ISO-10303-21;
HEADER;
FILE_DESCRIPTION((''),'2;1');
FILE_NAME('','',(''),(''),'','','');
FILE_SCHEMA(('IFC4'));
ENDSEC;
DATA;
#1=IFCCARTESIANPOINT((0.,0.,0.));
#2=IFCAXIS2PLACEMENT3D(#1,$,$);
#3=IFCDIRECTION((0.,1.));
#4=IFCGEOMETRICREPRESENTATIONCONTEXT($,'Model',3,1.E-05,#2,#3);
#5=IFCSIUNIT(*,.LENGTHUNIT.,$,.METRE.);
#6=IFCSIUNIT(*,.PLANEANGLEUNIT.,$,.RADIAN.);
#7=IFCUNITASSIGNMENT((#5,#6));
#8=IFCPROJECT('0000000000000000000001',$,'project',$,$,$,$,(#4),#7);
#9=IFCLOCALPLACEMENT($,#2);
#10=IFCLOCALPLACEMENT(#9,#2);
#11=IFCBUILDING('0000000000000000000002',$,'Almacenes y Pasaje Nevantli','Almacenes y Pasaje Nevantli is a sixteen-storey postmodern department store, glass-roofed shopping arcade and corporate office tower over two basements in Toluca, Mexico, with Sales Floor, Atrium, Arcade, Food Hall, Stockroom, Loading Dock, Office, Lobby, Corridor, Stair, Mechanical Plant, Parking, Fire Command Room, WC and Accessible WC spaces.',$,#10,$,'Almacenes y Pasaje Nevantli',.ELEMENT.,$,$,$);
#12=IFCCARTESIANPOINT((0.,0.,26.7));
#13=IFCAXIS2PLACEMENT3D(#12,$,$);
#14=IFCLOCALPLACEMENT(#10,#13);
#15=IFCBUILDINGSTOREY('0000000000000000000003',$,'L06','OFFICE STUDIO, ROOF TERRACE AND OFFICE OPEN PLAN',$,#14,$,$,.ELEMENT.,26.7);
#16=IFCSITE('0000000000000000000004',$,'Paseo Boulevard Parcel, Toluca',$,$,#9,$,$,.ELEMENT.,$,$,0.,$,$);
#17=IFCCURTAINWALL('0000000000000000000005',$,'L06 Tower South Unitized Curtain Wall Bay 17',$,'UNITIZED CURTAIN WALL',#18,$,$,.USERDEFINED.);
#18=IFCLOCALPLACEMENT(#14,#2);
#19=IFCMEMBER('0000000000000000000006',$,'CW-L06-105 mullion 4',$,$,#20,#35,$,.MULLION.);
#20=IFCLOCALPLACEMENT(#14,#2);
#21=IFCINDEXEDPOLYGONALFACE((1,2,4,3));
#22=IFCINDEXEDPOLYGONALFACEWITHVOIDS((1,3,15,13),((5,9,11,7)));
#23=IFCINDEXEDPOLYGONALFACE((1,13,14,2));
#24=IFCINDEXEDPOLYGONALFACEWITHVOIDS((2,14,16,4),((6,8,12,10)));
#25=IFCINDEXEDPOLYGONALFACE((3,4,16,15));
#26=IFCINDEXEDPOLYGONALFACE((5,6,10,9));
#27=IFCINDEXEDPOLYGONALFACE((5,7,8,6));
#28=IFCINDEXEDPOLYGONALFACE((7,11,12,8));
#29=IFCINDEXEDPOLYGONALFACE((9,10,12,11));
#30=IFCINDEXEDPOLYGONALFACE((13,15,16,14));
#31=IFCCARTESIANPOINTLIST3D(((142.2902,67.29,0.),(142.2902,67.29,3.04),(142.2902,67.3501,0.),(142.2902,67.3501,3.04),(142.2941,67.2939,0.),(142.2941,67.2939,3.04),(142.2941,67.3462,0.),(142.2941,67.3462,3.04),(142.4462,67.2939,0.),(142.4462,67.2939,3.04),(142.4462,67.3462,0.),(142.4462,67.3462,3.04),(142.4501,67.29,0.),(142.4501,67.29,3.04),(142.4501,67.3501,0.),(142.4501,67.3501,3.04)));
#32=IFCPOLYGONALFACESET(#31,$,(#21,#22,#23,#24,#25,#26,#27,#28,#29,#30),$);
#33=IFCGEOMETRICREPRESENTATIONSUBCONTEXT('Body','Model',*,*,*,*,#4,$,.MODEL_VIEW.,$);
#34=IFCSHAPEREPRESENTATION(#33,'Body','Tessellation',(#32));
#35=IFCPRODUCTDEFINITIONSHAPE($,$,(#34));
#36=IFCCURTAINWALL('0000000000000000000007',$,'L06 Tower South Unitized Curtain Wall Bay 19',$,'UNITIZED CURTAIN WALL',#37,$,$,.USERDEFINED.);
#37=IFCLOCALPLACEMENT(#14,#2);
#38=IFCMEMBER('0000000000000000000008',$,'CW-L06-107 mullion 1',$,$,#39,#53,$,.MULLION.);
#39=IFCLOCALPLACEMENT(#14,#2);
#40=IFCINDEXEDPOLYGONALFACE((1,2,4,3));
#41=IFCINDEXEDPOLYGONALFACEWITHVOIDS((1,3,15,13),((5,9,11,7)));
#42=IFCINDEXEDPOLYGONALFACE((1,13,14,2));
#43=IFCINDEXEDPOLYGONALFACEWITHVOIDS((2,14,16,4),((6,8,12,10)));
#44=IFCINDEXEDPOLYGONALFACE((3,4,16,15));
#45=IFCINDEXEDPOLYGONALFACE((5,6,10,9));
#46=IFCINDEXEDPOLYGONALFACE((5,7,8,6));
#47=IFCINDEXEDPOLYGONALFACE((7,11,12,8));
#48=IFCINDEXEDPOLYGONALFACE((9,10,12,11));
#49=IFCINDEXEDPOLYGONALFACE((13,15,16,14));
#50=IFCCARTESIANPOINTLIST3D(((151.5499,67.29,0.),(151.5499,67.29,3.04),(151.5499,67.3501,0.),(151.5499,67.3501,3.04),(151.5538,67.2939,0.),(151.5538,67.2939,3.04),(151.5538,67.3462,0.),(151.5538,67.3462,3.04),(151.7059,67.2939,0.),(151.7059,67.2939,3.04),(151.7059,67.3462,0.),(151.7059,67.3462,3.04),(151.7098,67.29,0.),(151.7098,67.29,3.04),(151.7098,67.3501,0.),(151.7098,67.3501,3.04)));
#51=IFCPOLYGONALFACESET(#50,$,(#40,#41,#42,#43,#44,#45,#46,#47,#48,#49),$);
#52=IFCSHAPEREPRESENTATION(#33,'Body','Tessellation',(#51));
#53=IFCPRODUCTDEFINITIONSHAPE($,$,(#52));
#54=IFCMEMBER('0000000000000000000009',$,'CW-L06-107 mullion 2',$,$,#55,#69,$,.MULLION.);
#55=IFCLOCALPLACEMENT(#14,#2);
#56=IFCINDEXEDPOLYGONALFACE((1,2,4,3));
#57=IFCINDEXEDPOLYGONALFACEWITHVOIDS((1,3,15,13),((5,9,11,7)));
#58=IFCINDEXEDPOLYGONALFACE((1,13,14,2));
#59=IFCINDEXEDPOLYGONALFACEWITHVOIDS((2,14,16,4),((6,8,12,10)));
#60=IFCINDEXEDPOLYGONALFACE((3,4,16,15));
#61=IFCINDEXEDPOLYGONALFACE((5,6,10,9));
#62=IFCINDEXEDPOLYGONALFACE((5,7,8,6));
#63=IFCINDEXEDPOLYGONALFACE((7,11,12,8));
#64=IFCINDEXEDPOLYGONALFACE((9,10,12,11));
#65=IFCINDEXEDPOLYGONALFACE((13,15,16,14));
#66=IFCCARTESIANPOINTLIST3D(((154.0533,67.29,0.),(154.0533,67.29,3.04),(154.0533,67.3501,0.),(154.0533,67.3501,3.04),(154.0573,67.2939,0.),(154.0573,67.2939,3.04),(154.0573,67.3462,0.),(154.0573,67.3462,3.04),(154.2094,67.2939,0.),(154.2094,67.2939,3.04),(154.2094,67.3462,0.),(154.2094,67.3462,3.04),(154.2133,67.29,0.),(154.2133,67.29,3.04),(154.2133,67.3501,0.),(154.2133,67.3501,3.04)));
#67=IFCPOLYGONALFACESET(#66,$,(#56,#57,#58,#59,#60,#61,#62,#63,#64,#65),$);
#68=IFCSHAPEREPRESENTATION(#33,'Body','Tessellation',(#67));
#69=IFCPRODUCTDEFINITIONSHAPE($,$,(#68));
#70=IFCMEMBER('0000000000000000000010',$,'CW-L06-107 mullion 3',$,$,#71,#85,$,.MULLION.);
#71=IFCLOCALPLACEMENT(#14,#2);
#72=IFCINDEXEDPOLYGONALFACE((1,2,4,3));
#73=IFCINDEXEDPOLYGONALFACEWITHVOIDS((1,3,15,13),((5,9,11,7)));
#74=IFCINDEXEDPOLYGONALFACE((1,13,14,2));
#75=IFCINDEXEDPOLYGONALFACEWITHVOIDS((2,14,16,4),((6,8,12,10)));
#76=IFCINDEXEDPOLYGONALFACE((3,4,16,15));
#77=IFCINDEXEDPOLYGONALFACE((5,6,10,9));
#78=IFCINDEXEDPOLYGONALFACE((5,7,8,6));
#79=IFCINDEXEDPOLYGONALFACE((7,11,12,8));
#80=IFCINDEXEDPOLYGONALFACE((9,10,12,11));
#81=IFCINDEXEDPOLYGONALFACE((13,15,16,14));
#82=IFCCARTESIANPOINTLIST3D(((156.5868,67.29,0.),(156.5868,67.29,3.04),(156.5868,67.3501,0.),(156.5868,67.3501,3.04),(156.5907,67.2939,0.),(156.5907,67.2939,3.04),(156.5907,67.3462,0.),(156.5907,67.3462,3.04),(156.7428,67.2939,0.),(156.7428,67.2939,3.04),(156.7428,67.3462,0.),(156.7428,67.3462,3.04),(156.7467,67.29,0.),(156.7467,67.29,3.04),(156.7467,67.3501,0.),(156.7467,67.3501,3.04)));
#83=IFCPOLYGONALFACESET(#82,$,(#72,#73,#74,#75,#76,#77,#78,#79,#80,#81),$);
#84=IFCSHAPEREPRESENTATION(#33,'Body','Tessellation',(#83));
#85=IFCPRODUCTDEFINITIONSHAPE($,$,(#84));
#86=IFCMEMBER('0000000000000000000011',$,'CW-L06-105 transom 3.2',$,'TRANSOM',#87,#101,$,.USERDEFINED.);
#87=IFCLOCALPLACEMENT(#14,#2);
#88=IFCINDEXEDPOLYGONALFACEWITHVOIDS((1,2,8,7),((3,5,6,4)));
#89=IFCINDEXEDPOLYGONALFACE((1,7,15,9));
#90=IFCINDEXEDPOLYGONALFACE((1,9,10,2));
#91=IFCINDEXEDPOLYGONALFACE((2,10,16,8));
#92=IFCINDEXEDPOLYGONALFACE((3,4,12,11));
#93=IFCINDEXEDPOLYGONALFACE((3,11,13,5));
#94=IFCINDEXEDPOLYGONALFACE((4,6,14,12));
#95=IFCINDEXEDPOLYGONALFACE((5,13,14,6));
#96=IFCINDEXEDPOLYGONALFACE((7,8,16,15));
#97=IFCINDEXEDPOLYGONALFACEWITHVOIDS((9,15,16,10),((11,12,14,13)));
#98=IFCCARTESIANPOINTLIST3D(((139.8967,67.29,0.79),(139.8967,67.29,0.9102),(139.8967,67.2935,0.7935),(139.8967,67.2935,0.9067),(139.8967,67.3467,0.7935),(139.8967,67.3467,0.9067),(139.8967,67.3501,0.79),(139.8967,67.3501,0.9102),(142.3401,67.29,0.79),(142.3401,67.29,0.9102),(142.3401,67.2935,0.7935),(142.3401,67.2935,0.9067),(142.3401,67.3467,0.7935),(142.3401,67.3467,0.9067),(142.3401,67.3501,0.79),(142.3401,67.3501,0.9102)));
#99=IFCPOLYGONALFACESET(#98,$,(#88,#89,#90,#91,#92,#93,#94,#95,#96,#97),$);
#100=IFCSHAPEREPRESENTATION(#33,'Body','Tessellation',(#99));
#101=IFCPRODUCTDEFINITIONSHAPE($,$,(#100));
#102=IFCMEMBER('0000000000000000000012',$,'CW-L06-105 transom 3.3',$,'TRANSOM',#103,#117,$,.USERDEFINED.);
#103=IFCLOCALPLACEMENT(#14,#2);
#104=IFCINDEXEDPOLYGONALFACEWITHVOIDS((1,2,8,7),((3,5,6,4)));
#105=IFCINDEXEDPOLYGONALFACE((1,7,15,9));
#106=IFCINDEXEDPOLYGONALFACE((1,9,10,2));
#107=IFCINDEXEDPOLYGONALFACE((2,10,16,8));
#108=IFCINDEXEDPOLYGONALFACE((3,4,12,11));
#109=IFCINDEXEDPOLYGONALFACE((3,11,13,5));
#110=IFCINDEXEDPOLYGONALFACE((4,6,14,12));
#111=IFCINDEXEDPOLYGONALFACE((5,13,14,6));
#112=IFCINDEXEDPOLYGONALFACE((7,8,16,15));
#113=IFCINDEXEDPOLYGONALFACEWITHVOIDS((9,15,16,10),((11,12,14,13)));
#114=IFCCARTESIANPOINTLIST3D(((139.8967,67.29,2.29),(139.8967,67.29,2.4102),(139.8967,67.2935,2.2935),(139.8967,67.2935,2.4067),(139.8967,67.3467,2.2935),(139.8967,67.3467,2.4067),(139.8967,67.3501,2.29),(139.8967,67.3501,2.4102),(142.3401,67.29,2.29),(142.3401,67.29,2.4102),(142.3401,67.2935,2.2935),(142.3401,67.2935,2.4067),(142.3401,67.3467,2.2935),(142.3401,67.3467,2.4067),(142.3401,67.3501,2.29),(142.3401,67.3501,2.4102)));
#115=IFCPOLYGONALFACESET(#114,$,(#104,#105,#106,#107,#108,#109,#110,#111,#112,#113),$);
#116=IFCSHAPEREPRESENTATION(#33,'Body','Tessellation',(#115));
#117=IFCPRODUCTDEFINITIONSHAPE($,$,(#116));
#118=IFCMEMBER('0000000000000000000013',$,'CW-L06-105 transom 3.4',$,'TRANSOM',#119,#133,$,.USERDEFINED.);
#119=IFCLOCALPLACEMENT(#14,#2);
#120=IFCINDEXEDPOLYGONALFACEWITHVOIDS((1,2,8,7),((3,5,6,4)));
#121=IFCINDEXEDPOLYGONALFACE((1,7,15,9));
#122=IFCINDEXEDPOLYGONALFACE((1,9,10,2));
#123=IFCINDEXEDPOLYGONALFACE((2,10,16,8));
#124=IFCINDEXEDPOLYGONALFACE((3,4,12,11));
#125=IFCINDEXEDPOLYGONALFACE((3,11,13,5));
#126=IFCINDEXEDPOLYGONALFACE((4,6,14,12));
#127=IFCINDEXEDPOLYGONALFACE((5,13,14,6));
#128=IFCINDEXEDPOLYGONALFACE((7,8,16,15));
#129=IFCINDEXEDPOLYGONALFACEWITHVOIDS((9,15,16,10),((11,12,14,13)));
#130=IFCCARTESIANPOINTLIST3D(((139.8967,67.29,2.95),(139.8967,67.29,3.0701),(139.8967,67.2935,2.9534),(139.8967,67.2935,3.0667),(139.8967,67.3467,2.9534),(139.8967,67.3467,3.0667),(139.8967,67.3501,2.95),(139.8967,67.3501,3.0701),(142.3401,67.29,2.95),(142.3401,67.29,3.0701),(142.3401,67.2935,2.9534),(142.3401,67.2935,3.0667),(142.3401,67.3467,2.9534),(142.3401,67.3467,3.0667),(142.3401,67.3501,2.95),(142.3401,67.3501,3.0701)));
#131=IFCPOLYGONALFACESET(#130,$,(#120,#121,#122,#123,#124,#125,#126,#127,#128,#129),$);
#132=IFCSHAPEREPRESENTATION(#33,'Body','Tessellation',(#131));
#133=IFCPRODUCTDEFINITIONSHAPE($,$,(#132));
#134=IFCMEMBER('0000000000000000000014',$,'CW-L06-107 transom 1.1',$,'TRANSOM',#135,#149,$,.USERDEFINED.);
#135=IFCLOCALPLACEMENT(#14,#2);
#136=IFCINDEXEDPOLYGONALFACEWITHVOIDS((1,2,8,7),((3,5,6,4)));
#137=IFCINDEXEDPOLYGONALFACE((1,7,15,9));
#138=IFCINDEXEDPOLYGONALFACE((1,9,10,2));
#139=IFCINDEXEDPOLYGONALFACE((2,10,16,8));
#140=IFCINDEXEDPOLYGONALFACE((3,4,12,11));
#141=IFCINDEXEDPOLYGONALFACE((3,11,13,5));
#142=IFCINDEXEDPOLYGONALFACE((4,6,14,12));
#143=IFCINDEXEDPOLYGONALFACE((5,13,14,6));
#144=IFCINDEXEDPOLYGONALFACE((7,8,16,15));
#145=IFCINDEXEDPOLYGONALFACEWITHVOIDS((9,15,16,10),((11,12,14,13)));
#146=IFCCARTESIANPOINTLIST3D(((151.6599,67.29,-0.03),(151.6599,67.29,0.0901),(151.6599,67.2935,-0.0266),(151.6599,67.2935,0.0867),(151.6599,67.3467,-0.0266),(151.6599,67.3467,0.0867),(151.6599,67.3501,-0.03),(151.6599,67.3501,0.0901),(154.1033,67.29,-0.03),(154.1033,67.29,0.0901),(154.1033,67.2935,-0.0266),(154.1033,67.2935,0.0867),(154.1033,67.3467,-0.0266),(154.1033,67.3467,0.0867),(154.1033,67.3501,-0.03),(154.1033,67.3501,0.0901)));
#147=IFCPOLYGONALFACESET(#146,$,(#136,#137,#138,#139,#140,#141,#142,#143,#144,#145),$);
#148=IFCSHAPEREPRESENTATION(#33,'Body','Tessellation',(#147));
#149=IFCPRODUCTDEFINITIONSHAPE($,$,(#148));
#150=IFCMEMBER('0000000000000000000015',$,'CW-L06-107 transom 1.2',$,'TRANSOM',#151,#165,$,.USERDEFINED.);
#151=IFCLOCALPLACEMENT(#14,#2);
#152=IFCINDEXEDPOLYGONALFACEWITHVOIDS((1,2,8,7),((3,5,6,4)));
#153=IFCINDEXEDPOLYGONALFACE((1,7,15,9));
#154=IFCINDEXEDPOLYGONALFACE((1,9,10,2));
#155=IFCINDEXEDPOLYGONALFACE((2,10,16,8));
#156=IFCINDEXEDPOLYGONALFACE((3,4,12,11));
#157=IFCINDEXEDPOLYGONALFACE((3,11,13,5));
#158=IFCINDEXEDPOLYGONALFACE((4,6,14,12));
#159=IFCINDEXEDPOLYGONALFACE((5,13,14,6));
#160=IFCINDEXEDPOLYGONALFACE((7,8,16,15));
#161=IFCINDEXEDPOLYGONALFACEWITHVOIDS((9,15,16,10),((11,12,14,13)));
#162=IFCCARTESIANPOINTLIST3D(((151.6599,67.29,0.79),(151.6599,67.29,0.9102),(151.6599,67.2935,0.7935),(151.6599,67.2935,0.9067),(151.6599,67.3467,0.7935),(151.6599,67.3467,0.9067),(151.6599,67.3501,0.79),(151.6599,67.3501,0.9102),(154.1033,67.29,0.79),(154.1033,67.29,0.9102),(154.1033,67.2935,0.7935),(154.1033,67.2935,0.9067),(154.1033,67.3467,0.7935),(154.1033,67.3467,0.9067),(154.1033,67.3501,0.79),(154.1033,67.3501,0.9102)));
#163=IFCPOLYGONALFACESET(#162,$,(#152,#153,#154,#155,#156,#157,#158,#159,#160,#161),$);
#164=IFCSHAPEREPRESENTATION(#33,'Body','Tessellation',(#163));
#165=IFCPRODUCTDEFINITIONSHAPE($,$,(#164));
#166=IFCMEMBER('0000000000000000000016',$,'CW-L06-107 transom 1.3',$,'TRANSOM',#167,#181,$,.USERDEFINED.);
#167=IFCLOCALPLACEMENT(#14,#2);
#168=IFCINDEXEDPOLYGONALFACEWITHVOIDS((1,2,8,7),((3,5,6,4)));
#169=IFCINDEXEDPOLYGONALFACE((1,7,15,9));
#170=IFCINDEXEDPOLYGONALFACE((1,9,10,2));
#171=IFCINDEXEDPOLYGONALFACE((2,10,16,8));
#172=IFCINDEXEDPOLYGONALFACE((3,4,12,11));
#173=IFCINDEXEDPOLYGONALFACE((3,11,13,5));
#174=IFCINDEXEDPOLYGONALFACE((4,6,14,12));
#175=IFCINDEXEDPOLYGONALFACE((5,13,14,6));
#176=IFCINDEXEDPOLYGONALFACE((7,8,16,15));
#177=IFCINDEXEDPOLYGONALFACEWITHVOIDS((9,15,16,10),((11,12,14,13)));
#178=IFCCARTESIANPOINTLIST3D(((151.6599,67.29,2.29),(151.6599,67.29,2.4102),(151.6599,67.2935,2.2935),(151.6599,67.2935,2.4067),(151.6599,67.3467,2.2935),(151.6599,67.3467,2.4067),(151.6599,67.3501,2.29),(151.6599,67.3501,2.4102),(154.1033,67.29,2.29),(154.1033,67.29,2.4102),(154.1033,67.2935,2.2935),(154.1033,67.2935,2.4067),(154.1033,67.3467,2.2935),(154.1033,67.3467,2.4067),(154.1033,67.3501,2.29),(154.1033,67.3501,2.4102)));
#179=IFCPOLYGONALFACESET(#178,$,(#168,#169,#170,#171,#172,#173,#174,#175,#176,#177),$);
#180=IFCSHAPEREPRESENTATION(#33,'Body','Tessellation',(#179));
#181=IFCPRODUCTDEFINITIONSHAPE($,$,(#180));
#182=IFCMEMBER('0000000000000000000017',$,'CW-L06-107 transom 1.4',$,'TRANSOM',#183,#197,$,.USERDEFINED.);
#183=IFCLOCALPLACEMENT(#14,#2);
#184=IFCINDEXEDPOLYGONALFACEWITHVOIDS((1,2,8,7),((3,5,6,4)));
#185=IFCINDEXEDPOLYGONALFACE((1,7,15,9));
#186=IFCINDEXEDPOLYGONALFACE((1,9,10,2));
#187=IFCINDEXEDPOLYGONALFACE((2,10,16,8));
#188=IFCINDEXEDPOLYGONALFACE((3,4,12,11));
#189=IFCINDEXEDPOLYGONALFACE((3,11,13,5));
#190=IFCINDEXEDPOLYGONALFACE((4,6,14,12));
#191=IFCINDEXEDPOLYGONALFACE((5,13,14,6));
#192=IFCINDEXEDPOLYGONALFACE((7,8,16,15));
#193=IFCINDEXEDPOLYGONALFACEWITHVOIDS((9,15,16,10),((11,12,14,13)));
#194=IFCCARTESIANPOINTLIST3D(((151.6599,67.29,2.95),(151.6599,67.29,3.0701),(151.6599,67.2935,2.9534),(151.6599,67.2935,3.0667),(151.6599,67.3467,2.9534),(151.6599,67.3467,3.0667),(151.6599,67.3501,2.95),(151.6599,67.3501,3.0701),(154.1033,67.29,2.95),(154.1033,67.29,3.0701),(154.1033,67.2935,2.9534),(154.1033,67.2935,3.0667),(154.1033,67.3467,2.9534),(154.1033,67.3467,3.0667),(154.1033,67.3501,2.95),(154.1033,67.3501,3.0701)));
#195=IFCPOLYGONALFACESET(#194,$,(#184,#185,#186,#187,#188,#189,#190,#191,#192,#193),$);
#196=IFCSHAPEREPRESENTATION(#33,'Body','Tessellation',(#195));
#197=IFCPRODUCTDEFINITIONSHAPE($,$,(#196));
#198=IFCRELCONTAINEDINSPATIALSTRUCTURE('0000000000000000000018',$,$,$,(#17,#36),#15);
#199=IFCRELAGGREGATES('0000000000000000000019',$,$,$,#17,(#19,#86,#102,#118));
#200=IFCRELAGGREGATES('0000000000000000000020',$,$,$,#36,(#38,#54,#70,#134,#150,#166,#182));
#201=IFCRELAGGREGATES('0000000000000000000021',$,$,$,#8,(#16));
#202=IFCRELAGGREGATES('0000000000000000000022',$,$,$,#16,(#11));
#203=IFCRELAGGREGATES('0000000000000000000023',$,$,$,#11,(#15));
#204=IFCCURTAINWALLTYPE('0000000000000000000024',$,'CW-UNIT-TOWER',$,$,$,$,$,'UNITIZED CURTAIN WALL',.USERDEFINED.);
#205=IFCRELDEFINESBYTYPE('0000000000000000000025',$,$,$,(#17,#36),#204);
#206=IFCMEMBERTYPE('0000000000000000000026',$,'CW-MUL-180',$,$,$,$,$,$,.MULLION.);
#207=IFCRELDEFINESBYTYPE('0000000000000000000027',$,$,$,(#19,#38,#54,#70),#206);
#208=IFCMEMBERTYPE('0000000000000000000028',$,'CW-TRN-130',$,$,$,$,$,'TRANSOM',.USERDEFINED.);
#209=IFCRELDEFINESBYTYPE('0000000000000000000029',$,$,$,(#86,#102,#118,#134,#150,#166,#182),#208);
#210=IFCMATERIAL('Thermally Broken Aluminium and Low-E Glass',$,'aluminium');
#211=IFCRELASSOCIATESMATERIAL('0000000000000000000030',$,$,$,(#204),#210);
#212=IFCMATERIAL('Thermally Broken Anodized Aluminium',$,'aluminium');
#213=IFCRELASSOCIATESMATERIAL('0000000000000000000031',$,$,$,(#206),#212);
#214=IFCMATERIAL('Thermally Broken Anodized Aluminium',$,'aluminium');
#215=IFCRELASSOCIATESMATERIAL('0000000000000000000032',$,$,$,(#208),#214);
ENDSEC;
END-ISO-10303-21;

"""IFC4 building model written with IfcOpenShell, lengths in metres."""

from ifc_helpers import new_model, si_unit, direction, frame, origin, origin_2d, place, context, subcontext, project, spatial, hollow_rectangle, extrude, material, material_profile, profile_set, type_object, element, aggregate, save


model = new_model("IFC4")

# Units and contexts
model_context = context("Model", 3, precision=1e-05, world=origin(), true_north=direction((0.0, 1.0)))
body_context = subcontext(model_context, "Body", "Model", "MODEL_VIEW")
ifc_project = project(units=[si_unit("LENGTHUNIT", "METRE"), si_unit("PLANEANGLEUNIT", "RADIAN")], contexts=[model_context])

# Site, building, storey
site_placement = place(None, origin())
site = spatial("IfcSite", under=ifc_project, at=site_placement, Name="Paseo Boulevard Parcel, Toluca", CompositionType="ELEMENT", RefElevation=0.0)
building_placement = place(site_placement, origin())
building = spatial("IfcBuilding", under=site, at=building_placement, Name="Almacenes y Pasaje Nevantli", Description="Almacenes y Pasaje Nevantli is a sixteen-storey postmodern department store, glass-roofed shopping arcade and corporate office tower over two basements in Toluca, Mexico, with Sales Floor, Atrium, Arcade, Food Hall, Stockroom, Loading Dock, Office, Lobby, Corridor, Stair, Mechanical Plant, Parking, Fire Command Room, WC and Accessible WC spaces.", LongName="Almacenes y Pasaje Nevantli", CompositionType="ELEMENT")
storey_placement = place(building_placement, frame((0.0, 0.0, 26.7)))
storey = spatial("IfcBuildingStorey", under=building, at=storey_placement, Name="L06", Description="OFFICE STUDIO, ROOF TERRACE AND OFFICE OPEN PLAN", CompositionType="ELEMENT", Elevation=26.7)

# Curtain wall, member
ifc_material_1 = material(Name="Thermally Broken Aluminium and Low-E Glass", Category="aluminium")
curtain_wall_type = type_object("IfcCurtainWallType", Name="CW-UNIT-TOWER", ElementType="UNITIZED CURTAIN WALL", PredefinedType="USERDEFINED", material=ifc_material_1)
curtain_wall_1_placement = place(storey_placement, origin())
curtain_wall_1 = element("IfcCurtainWall", 1, at=curtain_wall_1_placement, inside=storey, type_object=curtain_wall_type, Name="L06 Tower South Unitized Curtain Wall Bay 17", ObjectType="UNITIZED CURTAIN WALL", PredefinedType="USERDEFINED")
ifc_material_2 = material(Name="Thermally Broken Anodized Aluminium", Category="aluminium")
ifc_material_profile_1 = material_profile(ifc_material_2, hollow_rectangle(XDim=0.0601, YDim=0.1599, WallThickness=0.0039, at=origin_2d()), Name="ALU-MUL-60x160")
ifc_profile_set_1 = profile_set([ifc_material_profile_1], Name="Thermally Broken Anodized Aluminium")
member_type_1 = type_object("IfcMemberType", Name="CW-MUL-180", PredefinedType="MULLION", material=ifc_profile_set_1)
member_1_placement = place(storey_placement, frame((142.3701, 67.3201, 0.0), z_axis=(0.0, 0.0, 1.0), x_axis=(0.0, 1.0, 0.0)))
member_1 = element("IfcMember", 2, at=member_1_placement, type_object=member_type_1, Name="CW-L06-105 mullion 4", PredefinedType="MULLION", context=body_context, shape_type="SweptSolid", body=[
    extrude(hollow_rectangle(XDim=0.0601, YDim=0.1599, WallThickness=0.0039, at=origin_2d()), origin(), (0.0, 0.0, 1.0), 3.04),
])

# Curtain wall, members
curtain_wall_2_placement = place(storey_placement, origin())
curtain_wall_2 = element("IfcCurtainWall", 3, at=curtain_wall_2_placement, inside=storey, type_object=curtain_wall_type, Name="L06 Tower South Unitized Curtain Wall Bay 19", ObjectType="UNITIZED CURTAIN WALL", PredefinedType="USERDEFINED")
member_2_placement = place(storey_placement, frame((151.6299, 67.3201, 0.0), z_axis=(0.0, 0.0, 1.0), x_axis=(0.0, 1.0, 0.0)))
member_2 = element("IfcMember", 4, at=member_2_placement, type_object=member_type_1, Name="CW-L06-107 mullion 1", PredefinedType="MULLION", context=body_context, shape_type="SweptSolid", body=[
    extrude(hollow_rectangle(XDim=0.0601, YDim=0.1599, WallThickness=0.0039, at=origin_2d()), origin(), (0.0, 0.0, 1.0), 3.04),
])
member_3_placement = place(storey_placement, frame((154.1333, 67.3201, 0.0), z_axis=(0.0, 0.0, 1.0), x_axis=(0.0, 1.0, 0.0)))
member_3 = element("IfcMember", 5, at=member_3_placement, type_object=member_type_1, Name="CW-L06-107 mullion 2", PredefinedType="MULLION", context=body_context, shape_type="SweptSolid", body=[
    extrude(hollow_rectangle(XDim=0.0601, YDim=0.1599, WallThickness=0.0039, at=origin_2d()), origin(), (0.0, 0.0, 1.0), 3.04),
])
member_4_placement = place(storey_placement, frame((156.6667, 67.3201, 0.0), z_axis=(0.0, 0.0, 1.0), x_axis=(0.0, 1.0, 0.0)))
member_4 = element("IfcMember", 6, at=member_4_placement, type_object=member_type_1, Name="CW-L06-107 mullion 3", PredefinedType="MULLION", context=body_context, shape_type="SweptSolid", body=[
    extrude(hollow_rectangle(XDim=0.0601, YDim=0.1599, WallThickness=0.0039, at=origin_2d()), origin(), (0.0, 0.0, 1.0), 3.04),
])

# Members
ifc_material_3 = material(Name="Thermally Broken Anodized Aluminium", Category="aluminium")
ifc_material_profile_2 = material_profile(ifc_material_3, hollow_rectangle(XDim=0.0601, YDim=0.1201, WallThickness=0.0034, at=origin_2d()), Name="ALU-TRN-60x120")
ifc_profile_set_2 = profile_set([ifc_material_profile_2], Name="Thermally Broken Anodized Aluminium")
member_type_2 = type_object("IfcMemberType", Name="CW-TRN-130", ElementType="TRANSOM", PredefinedType="USERDEFINED", material=ifc_profile_set_2)
member_5_placement = place(storey_placement, frame((139.8967, 67.3201, 0.8501), z_axis=(1.0, 0.0, 0.0), x_axis=(0.0, 1.0, 0.0)))
member_5 = element("IfcMember", 7, at=member_5_placement, type_object=member_type_2, Name="CW-L06-105 transom 3.2", ObjectType="TRANSOM", PredefinedType="USERDEFINED", context=body_context, shape_type="SweptSolid", body=[
    extrude(hollow_rectangle(XDim=0.0601, YDim=0.1201, WallThickness=0.0034, at=origin_2d()), origin(), (0.0, 0.0, 1.0), 2.4434),
])
member_6_placement = place(storey_placement, frame((139.8967, 67.3201, 2.3501), z_axis=(1.0, 0.0, 0.0), x_axis=(0.0, 1.0, 0.0)))
member_6 = element("IfcMember", 8, at=member_6_placement, type_object=member_type_2, Name="CW-L06-105 transom 3.3", ObjectType="TRANSOM", PredefinedType="USERDEFINED", context=body_context, shape_type="SweptSolid", body=[
    extrude(hollow_rectangle(XDim=0.0601, YDim=0.1201, WallThickness=0.0034, at=origin_2d()), origin(), (0.0, 0.0, 1.0), 2.4434),
])
member_7_placement = place(storey_placement, frame((139.8967, 67.3201, 3.01), z_axis=(1.0, 0.0, 0.0), x_axis=(0.0, 1.0, 0.0)))
member_7 = element("IfcMember", 9, at=member_7_placement, type_object=member_type_2, Name="CW-L06-105 transom 3.4", ObjectType="TRANSOM", PredefinedType="USERDEFINED", context=body_context, shape_type="SweptSolid", body=[
    extrude(hollow_rectangle(XDim=0.0601, YDim=0.1201, WallThickness=0.0034, at=origin_2d()), origin(), (0.0, 0.0, 1.0), 2.4434),
])
member_8_placement = place(storey_placement, frame((151.6599, 67.3201, 0.03), z_axis=(1.0, 0.0, 0.0), x_axis=(0.0, 1.0, 0.0)))
member_8 = element("IfcMember", 10, at=member_8_placement, type_object=member_type_2, Name="CW-L06-107 transom 1.1", ObjectType="TRANSOM", PredefinedType="USERDEFINED", context=body_context, shape_type="SweptSolid", body=[
    extrude(hollow_rectangle(XDim=0.0601, YDim=0.1201, WallThickness=0.0034, at=origin_2d()), origin(), (0.0, 0.0, 1.0), 2.4434),
])
member_9_placement = place(storey_placement, frame((151.6599, 67.3201, 0.8501), z_axis=(1.0, 0.0, 0.0), x_axis=(0.0, 1.0, 0.0)))
member_9 = element("IfcMember", 11, at=member_9_placement, type_object=member_type_2, Name="CW-L06-107 transom 1.2", ObjectType="TRANSOM", PredefinedType="USERDEFINED", context=body_context, shape_type="SweptSolid", body=[
    extrude(hollow_rectangle(XDim=0.0601, YDim=0.1201, WallThickness=0.0034, at=origin_2d()), origin(), (0.0, 0.0, 1.0), 2.4434),
])
member_10_placement = place(storey_placement, frame((151.6599, 67.3201, 2.3501), z_axis=(1.0, 0.0, 0.0), x_axis=(0.0, 1.0, 0.0)))
member_10 = element("IfcMember", 12, at=member_10_placement, type_object=member_type_2, Name="CW-L06-107 transom 1.3", ObjectType="TRANSOM", PredefinedType="USERDEFINED", context=body_context, shape_type="SweptSolid", body=[
    extrude(hollow_rectangle(XDim=0.0601, YDim=0.1201, WallThickness=0.0034, at=origin_2d()), origin(), (0.0, 0.0, 1.0), 2.4434),
])
member_11_placement = place(storey_placement, frame((151.6599, 67.3201, 3.01), z_axis=(1.0, 0.0, 0.0), x_axis=(0.0, 1.0, 0.0)))
member_11 = element("IfcMember", 13, at=member_11_placement, type_object=member_type_2, Name="CW-L06-107 transom 1.4", ObjectType="TRANSOM", PredefinedType="USERDEFINED", context=body_context, shape_type="SweptSolid", body=[
    extrude(hollow_rectangle(XDim=0.0601, YDim=0.1201, WallThickness=0.0034, at=origin_2d()), origin(), (0.0, 0.0, 1.0), 2.4434),
])

aggregate(curtain_wall_1, [member_1, member_5, member_6, member_7])
aggregate(curtain_wall_2, [member_2, member_3, member_4, member_8, member_9, member_10, member_11])

save(model, "model.ifc")
